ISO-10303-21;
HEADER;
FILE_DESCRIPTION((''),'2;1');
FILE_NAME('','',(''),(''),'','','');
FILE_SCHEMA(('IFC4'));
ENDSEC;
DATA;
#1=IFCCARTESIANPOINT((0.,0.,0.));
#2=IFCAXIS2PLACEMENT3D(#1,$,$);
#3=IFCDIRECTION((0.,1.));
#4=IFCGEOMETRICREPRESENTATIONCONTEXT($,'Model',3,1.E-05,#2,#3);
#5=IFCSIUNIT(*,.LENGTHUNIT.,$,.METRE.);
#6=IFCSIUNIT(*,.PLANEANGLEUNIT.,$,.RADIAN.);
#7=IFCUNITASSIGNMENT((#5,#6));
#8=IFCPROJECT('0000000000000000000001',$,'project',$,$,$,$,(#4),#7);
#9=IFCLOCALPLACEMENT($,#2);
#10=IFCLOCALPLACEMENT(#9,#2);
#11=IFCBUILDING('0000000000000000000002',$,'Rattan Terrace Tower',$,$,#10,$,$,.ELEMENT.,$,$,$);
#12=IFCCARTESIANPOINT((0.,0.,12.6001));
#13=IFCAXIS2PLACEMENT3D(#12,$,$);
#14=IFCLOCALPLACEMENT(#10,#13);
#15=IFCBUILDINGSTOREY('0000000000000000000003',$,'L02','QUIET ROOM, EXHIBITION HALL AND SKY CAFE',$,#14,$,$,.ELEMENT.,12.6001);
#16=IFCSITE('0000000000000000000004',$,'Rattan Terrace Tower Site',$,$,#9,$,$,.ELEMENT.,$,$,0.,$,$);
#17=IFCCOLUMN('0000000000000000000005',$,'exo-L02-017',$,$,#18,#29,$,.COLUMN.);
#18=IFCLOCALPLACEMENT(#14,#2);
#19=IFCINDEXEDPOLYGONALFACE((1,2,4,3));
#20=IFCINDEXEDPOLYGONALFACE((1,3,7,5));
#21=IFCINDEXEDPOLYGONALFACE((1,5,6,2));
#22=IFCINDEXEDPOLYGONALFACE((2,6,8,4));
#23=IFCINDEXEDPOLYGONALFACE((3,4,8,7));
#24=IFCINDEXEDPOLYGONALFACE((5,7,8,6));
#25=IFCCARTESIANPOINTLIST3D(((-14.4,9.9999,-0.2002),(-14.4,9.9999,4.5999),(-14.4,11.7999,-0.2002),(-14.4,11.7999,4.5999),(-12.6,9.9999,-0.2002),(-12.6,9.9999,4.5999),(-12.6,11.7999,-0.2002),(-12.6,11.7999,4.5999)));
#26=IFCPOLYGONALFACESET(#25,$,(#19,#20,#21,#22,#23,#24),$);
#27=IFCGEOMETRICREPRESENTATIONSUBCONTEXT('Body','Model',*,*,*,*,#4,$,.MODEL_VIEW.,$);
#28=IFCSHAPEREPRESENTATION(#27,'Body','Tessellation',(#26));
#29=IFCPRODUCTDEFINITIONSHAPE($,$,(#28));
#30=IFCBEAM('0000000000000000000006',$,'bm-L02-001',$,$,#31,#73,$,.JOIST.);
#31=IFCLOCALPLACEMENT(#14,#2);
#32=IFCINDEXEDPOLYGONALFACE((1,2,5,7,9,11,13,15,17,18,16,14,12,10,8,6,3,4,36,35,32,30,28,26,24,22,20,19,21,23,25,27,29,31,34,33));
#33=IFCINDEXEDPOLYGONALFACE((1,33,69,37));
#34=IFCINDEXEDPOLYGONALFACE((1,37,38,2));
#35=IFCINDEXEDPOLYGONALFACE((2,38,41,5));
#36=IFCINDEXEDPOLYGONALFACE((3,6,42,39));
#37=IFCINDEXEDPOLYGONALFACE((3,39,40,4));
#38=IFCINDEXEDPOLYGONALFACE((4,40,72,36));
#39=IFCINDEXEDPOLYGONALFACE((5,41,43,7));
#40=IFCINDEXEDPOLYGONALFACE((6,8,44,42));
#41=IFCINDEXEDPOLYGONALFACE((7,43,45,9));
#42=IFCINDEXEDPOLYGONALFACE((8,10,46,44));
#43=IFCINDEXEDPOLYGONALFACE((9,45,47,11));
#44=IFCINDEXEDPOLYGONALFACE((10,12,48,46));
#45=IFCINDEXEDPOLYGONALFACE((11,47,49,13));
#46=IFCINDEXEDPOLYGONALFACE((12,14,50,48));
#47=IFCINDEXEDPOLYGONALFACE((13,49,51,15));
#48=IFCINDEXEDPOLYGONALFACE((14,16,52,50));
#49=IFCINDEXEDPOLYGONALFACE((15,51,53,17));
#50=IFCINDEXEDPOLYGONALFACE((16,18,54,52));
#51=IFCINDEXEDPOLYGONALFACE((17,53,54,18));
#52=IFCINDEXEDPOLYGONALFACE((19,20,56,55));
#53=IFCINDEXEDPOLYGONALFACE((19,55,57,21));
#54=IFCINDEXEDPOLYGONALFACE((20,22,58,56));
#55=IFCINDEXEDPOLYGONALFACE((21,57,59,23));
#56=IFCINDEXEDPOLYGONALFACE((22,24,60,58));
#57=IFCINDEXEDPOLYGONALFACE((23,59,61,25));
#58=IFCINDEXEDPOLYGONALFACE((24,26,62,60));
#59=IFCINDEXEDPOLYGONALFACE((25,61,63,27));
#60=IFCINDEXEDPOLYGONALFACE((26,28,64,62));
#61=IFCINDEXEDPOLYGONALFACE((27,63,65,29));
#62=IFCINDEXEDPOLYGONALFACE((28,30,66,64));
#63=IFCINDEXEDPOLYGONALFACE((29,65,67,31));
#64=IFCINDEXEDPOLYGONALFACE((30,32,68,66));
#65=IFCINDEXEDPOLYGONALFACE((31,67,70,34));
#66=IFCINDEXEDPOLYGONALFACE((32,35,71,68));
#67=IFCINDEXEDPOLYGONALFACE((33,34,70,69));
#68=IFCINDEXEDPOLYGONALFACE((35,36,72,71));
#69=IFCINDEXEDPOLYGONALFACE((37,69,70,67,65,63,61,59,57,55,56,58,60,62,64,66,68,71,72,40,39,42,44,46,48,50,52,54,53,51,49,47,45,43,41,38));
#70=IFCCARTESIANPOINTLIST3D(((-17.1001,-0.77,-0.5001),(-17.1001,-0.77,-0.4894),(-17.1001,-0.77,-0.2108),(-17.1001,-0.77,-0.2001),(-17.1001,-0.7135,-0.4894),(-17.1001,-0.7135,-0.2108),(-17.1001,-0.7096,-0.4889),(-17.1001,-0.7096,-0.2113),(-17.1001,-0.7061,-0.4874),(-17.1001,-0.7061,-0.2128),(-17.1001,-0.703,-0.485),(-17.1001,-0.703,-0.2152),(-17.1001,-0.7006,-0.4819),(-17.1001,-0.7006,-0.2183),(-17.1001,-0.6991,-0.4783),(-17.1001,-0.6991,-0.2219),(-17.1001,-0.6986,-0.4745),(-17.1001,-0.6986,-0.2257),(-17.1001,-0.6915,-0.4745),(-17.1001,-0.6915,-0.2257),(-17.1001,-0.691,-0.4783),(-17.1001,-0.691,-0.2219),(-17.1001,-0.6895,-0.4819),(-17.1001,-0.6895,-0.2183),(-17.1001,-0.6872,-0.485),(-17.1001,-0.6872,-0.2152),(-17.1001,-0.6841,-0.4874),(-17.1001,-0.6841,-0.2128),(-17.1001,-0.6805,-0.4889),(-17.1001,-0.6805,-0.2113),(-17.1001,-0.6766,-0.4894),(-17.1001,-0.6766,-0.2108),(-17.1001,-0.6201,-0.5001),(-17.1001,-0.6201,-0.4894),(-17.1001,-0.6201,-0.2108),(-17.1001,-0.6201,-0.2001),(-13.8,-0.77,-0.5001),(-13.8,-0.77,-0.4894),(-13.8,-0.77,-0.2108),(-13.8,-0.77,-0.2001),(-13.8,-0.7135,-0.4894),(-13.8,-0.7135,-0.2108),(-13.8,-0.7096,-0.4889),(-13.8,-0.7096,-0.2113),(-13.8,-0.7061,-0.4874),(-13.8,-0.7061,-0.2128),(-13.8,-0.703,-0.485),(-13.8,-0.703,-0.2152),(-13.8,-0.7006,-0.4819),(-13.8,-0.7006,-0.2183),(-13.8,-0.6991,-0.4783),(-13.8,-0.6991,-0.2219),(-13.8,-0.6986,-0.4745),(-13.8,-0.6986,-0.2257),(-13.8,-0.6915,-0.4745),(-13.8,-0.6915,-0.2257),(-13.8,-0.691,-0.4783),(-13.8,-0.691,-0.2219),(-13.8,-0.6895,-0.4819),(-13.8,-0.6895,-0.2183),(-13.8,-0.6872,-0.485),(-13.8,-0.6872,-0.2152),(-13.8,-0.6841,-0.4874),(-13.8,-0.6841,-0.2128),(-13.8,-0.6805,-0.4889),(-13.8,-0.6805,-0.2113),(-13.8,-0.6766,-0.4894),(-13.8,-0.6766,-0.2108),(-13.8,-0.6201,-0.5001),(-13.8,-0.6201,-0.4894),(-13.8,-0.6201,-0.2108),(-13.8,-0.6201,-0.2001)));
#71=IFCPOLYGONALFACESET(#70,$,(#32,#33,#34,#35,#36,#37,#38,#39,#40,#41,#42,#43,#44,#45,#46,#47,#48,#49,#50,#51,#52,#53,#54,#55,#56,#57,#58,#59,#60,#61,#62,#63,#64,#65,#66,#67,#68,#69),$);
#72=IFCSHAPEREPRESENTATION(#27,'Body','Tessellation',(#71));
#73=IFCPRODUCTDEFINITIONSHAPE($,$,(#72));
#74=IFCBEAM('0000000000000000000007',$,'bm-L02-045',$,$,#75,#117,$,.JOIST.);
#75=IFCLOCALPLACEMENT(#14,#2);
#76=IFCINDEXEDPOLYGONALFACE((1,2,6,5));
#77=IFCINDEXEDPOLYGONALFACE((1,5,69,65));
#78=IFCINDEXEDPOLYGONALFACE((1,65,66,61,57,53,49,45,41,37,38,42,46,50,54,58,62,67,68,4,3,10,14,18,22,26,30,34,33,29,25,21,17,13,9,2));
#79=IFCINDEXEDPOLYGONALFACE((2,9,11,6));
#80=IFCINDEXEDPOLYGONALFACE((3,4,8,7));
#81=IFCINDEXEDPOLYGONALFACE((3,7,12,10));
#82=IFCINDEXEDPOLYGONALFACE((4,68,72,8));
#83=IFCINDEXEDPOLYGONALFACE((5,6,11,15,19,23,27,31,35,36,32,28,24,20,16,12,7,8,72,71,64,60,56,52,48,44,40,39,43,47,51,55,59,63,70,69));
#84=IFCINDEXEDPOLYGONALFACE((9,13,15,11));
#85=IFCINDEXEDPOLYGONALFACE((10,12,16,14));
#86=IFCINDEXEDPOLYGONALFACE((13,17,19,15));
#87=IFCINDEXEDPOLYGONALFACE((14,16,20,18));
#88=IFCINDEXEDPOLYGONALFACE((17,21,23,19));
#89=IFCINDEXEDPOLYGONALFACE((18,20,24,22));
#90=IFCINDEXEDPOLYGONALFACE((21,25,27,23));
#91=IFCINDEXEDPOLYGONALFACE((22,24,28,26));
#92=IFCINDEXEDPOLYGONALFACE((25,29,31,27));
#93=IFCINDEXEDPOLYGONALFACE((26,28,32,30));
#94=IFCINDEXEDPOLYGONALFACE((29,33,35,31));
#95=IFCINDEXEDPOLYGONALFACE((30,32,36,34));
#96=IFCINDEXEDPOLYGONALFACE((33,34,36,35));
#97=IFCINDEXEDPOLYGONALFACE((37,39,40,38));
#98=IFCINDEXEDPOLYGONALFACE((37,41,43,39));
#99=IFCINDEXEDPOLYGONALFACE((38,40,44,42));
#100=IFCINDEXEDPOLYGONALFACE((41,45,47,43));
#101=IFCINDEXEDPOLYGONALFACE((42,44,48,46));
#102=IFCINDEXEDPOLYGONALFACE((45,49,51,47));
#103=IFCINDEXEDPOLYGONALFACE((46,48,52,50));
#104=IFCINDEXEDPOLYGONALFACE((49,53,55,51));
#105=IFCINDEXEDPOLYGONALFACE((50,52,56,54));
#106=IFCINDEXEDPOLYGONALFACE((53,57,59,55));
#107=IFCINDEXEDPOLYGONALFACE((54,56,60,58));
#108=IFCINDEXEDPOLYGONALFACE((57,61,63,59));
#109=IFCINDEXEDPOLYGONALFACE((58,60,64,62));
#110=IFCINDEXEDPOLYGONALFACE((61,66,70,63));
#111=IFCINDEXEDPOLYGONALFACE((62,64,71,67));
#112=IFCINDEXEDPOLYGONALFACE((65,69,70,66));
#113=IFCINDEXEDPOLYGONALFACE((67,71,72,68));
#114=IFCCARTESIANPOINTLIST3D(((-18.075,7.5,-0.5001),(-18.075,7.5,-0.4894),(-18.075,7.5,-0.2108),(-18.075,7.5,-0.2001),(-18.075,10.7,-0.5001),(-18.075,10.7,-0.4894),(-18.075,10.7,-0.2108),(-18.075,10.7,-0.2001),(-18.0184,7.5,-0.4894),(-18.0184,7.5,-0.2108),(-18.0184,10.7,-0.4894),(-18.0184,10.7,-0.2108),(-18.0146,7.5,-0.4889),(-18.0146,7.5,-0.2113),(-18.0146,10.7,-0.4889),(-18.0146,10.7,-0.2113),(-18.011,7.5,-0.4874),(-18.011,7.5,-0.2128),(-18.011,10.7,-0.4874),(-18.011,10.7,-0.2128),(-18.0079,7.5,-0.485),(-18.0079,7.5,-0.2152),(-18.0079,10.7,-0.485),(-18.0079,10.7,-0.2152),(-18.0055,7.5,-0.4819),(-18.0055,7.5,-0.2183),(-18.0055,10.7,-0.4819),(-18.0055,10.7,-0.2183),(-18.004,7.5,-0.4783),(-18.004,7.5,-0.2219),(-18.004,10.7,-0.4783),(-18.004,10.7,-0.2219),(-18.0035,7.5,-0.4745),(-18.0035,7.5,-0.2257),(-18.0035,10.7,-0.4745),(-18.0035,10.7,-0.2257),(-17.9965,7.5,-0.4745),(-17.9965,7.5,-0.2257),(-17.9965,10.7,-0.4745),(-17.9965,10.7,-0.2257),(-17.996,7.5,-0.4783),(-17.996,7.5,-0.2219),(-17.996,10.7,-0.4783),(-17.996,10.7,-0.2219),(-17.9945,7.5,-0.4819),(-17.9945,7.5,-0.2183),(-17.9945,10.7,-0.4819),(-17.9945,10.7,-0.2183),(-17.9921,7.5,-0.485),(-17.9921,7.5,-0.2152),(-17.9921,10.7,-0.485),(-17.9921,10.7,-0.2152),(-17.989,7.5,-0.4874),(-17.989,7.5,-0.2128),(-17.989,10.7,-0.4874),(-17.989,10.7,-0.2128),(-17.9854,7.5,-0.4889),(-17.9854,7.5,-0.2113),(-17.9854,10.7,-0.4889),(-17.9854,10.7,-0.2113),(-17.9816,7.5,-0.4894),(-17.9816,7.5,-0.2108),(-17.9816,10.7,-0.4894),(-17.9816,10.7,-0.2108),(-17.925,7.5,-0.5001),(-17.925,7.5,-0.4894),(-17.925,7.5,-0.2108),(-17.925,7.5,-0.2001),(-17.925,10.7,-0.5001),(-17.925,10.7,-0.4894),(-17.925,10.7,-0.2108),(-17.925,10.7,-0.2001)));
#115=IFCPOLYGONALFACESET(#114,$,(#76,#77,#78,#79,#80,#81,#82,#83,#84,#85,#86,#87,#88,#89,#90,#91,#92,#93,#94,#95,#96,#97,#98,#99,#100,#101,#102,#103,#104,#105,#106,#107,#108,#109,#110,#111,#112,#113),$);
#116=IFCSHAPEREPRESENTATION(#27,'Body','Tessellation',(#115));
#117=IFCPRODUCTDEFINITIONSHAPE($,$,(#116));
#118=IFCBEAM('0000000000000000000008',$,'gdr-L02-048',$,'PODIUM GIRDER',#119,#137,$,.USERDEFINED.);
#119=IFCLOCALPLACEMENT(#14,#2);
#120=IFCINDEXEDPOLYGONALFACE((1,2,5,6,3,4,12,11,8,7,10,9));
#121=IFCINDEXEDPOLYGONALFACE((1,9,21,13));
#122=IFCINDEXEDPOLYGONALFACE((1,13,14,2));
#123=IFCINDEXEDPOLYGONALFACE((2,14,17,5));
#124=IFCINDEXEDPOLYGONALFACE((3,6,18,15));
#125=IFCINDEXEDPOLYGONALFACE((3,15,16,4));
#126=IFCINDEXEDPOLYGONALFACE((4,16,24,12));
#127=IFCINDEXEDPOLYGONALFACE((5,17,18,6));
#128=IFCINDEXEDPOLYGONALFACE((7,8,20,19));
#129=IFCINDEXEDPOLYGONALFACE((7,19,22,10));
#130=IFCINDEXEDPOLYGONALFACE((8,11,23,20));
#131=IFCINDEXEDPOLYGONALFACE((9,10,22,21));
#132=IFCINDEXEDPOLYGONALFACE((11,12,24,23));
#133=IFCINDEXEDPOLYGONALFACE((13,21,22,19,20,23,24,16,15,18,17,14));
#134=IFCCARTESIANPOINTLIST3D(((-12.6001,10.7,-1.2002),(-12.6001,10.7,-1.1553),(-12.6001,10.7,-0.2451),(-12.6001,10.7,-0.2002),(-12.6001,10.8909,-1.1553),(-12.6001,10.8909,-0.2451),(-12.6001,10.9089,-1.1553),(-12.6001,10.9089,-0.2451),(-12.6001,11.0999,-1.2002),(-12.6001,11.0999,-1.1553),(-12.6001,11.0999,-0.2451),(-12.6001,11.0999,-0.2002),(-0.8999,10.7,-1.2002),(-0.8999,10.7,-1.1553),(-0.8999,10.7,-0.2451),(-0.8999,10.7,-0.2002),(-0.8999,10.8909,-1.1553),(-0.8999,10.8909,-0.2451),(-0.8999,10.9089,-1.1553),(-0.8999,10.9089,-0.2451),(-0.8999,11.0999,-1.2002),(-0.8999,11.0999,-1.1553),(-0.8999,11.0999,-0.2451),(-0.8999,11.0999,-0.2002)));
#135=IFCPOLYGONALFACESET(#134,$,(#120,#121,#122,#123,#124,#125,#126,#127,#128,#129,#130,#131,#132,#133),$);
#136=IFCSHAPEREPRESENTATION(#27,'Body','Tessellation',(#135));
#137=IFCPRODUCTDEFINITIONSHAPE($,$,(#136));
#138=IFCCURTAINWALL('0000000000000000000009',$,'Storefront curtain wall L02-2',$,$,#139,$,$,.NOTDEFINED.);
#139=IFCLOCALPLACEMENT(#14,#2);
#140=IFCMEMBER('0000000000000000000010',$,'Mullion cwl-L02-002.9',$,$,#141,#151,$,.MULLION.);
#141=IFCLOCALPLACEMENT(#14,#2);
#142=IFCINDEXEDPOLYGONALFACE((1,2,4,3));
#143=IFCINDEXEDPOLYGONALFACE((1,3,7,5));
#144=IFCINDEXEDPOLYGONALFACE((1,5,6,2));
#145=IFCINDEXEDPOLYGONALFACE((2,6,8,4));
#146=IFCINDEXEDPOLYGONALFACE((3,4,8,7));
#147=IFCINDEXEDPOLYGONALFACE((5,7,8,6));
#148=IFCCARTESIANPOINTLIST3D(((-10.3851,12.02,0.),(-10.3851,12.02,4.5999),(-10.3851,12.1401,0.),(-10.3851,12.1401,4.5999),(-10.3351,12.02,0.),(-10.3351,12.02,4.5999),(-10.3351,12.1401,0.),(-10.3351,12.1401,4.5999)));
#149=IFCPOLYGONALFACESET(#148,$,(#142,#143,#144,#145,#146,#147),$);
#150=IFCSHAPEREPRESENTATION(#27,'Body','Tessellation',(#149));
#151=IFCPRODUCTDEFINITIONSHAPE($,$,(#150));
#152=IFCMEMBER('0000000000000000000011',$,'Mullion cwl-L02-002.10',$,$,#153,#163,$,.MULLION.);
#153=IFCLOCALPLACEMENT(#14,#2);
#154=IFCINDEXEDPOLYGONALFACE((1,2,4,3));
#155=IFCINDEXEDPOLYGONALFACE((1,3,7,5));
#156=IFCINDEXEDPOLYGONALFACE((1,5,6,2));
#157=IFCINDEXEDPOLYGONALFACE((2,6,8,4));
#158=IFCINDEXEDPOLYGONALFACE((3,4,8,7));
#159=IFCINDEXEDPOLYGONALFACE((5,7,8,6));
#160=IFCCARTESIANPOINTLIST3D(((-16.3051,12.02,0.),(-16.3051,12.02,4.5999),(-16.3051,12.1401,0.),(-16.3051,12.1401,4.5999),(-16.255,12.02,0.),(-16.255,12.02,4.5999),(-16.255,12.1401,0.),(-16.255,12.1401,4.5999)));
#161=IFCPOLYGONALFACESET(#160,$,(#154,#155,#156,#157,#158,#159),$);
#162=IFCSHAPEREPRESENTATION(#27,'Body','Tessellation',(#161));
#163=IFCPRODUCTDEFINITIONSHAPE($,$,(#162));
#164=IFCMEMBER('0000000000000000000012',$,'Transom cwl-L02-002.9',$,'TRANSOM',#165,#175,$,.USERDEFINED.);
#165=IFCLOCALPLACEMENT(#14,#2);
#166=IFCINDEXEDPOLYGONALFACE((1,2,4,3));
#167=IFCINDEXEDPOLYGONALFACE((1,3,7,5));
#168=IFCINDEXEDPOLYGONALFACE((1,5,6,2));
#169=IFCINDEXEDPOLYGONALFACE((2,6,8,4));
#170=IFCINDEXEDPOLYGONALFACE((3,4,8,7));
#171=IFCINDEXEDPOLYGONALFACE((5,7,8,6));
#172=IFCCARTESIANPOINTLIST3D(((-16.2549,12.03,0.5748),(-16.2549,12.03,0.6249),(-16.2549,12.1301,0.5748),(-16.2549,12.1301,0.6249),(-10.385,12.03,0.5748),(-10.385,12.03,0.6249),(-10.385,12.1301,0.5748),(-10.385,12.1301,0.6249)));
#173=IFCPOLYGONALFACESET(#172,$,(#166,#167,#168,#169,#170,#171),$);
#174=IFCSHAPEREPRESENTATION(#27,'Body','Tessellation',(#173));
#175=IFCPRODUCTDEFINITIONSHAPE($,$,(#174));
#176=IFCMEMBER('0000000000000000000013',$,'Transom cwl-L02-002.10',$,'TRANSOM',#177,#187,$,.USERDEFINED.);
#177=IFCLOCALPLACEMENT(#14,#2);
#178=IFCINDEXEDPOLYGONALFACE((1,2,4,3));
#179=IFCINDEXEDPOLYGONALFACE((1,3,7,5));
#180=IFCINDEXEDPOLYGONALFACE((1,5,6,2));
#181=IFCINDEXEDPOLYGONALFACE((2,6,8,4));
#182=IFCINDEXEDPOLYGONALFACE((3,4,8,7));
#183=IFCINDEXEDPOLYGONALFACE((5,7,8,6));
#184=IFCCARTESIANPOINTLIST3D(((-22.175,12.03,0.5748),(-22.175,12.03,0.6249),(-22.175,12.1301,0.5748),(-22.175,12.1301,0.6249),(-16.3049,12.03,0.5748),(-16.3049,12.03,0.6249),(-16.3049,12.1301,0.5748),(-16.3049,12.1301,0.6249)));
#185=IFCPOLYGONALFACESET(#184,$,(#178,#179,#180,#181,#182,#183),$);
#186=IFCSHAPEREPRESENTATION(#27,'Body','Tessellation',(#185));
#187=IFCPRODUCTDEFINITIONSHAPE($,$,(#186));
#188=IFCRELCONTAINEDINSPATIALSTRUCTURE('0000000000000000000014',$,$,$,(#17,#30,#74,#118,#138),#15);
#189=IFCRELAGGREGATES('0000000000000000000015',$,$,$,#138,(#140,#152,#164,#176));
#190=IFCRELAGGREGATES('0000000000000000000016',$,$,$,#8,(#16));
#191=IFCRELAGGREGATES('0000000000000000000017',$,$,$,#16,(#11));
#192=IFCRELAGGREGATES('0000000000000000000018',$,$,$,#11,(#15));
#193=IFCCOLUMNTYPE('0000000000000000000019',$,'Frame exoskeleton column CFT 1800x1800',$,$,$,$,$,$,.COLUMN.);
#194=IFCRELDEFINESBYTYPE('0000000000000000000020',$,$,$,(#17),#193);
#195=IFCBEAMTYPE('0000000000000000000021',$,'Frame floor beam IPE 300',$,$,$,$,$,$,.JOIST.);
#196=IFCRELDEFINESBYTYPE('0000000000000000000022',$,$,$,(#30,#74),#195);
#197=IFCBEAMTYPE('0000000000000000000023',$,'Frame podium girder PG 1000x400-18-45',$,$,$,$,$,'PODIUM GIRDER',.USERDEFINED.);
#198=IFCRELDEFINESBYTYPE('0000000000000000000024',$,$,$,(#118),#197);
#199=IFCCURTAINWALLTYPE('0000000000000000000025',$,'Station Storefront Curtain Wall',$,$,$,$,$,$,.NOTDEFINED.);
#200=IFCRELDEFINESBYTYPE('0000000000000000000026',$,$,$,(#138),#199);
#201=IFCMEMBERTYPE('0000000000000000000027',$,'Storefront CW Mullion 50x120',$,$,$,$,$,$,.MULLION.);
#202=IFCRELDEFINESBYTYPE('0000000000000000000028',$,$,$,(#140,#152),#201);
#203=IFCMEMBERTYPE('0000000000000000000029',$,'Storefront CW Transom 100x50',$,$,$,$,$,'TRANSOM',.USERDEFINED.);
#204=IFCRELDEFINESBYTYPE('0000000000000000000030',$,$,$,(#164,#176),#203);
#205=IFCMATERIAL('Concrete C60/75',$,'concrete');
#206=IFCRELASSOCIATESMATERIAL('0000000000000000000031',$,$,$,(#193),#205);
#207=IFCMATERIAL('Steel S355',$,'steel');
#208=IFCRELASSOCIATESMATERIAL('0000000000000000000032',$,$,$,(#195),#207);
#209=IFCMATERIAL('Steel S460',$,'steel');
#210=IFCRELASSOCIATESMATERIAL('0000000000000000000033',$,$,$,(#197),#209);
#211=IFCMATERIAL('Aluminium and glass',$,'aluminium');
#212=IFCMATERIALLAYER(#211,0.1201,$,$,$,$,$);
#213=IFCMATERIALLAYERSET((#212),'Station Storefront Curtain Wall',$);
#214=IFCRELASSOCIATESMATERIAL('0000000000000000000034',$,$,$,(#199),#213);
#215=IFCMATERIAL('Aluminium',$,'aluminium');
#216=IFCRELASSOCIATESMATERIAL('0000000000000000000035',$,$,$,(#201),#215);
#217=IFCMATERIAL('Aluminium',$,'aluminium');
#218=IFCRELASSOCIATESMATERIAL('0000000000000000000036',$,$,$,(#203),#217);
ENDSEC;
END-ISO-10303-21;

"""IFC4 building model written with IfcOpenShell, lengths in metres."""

from ifc_helpers import new_model, si_unit, direction, frame, origin, origin_2d, place, context, subcontext, project, spatial, rectangle, i_section, extrude, material, layer, layer_set, material_profile, profile_set, type_object, element, aggregate, save


model = new_model("IFC4")

# Units and contexts
model_context = context("Model", 3, precision=1e-05, world=origin(), true_north=direction((0.0, 1.0)))
body_context = subcontext(model_context, "Body", "Model", "MODEL_VIEW")
ifc_project = project(units=[si_unit("LENGTHUNIT", "METRE"), si_unit("PLANEANGLEUNIT", "RADIAN")], contexts=[model_context])

# Site, building, storey
site_placement = place(None, origin())
site = spatial("IfcSite", under=ifc_project, at=site_placement, Name="Rattan Terrace Tower Site", CompositionType="ELEMENT", RefElevation=0.0)
building_placement = place(site_placement, origin())
building = spatial("IfcBuilding", under=site, at=building_placement, Name="Rattan Terrace Tower", CompositionType="ELEMENT")
storey_placement = place(building_placement, frame((0.0, 0.0, 12.6001)))
storey = spatial("IfcBuildingStorey", under=building, at=storey_placement, Name="L02", Description="QUIET ROOM, EXHIBITION HALL AND SKY CAFE", CompositionType="ELEMENT", Elevation=12.6001)

# Column
ifc_material_1 = material(Name="Concrete C60/75", Category="concrete")
ifc_material_profile_1 = material_profile(ifc_material_1, rectangle(XDim=1.8, YDim=1.8, at=origin_2d()), Name="CFT 1800x1800")
ifc_profile_set_1 = profile_set([ifc_material_profile_1], Name="Concrete C60/75")
column_type = type_object("IfcColumnType", Name="Frame exoskeleton column CFT 1800x1800", PredefinedType="COLUMN", material=ifc_profile_set_1)
column_placement = place(storey_placement, frame((-13.5, 10.8999, -0.2002), z_axis=(0.0, 0.0, 1.0), x_axis=(1.0, 0.0, 0.0)))
element("IfcColumn", 1, at=column_placement, inside=storey, type_object=column_type, Name="exo-L02-017", PredefinedType="COLUMN", context=body_context, shape_type="SweptSolid", body=[
    extrude(rectangle(XDim=1.8, YDim=1.8, at=origin_2d()), origin(), (0.0, 0.0, 1.0), 4.8),
])

# Beams
ifc_material_2 = material(Name="Steel S355", Category="steel")
ifc_material_profile_2 = material_profile(ifc_material_2, i_section(OverallWidth=0.1499, OverallDepth=0.3, WebThickness=0.0071, FlangeThickness=0.0107, FilletRadius=0.0149, at=origin_2d()), Name="IPE 300")
ifc_profile_set_2 = profile_set([ifc_material_profile_2], Name="Steel S355")
beam_type_1 = type_object("IfcBeamType", Name="Frame floor beam IPE 300", PredefinedType="JOIST", material=ifc_profile_set_2)
beam_1_placement = place(storey_placement, frame((-17.1001, -0.6951, -0.3501), z_axis=(1.0, 0.0, 0.0), x_axis=(0.0, 1.0, 0.0)))
element("IfcBeam", 2, at=beam_1_placement, inside=storey, type_object=beam_type_1, Name="bm-L02-001", PredefinedType="JOIST", context=body_context, shape_type="SweptSolid", body=[
    extrude(i_section(OverallWidth=0.1499, OverallDepth=0.3, WebThickness=0.0071, FlangeThickness=0.0107, FilletRadius=0.0149, at=origin_2d()), origin(), (0.0, 0.0, 1.0), 3.3),
])
beam_2_placement = place(storey_placement, frame((-18.0, 7.5, -0.3501), z_axis=(0.0, 1.0, 0.0), x_axis=(-1.0, 0.0, 0.0)))
element("IfcBeam", 3, at=beam_2_placement, inside=storey, type_object=beam_type_1, Name="bm-L02-045", PredefinedType="JOIST", context=body_context, shape_type="SweptSolid", body=[
    extrude(i_section(OverallWidth=0.1499, OverallDepth=0.3, WebThickness=0.0071, FlangeThickness=0.0107, FilletRadius=0.0149, at=origin_2d()), origin(), (0.0, 0.0, 1.0), 3.2),
])
ifc_material_3 = material(Name="Steel S460", Category="steel")
ifc_material_profile_3 = material_profile(ifc_material_3, i_section(OverallWidth=0.3999, OverallDepth=1.0, WebThickness=0.0181, FlangeThickness=0.0449, at=origin_2d()), Name="PG 1000x400-18-45")
ifc_profile_set_3 = profile_set([ifc_material_profile_3], Name="Steel S460")
beam_type_2 = type_object("IfcBeamType", Name="Frame podium girder PG 1000x400-18-45", ElementType="PODIUM GIRDER", PredefinedType="USERDEFINED", material=ifc_profile_set_3)
beam_3_placement = place(storey_placement, frame((-12.6001, 10.8999, -0.7002), z_axis=(1.0, 0.0, 0.0), x_axis=(0.0, 1.0, 0.0)))
element("IfcBeam", 4, at=beam_3_placement, inside=storey, type_object=beam_type_2, Name="gdr-L02-048", ObjectType="PODIUM GIRDER", PredefinedType="USERDEFINED", context=body_context, shape_type="SweptSolid", body=[
    extrude(i_section(OverallWidth=0.3999, OverallDepth=1.0, WebThickness=0.0181, FlangeThickness=0.0449, at=origin_2d()), origin(), (0.0, 0.0, 1.0), 11.7002),
])

# Curtain wall, members
ifc_material_4 = material(Name="Aluminium and glass", Category="aluminium")
ifc_layer_1 = layer(ifc_material_4, 0.1201)
ifc_layer_set_1 = layer_set([ifc_layer_1], Name="Station Storefront Curtain Wall")
curtain_wall_type = type_object("IfcCurtainWallType", Name="Station Storefront Curtain Wall", PredefinedType="NOTDEFINED", material=ifc_layer_set_1)
curtain_wall_placement = place(storey_placement, origin())
curtain_wall = element("IfcCurtainWall", 5, at=curtain_wall_placement, inside=storey, type_object=curtain_wall_type, Name="Storefront curtain wall L02-2", PredefinedType="NOTDEFINED")
ifc_material_5 = material(Name="Aluminium", Category="aluminium")
ifc_material_profile_4 = material_profile(ifc_material_5, rectangle(XDim=0.05, YDim=0.1201, at=origin_2d()), Name="Aluminium 50x120")
ifc_profile_set_4 = profile_set([ifc_material_profile_4], Name="Aluminium")
member_type_1 = type_object("IfcMemberType", Name="Storefront CW Mullion 50x120", PredefinedType="MULLION", material=ifc_profile_set_4)
member_1_placement = place(storey_placement, frame((-10.3601, 12.0801, 0.0), z_axis=(0.0, 0.0, 1.0), x_axis=(-1.0, 0.0, 0.0)))
member_1 = element("IfcMember", 6, at=member_1_placement, type_object=member_type_1, Name="Mullion cwl-L02-002.9", PredefinedType="MULLION", context=body_context, shape_type="SweptSolid", body=[
    extrude(rectangle(XDim=0.05, YDim=0.1201, at=origin_2d()), origin(), (0.0, 0.0, 1.0), 4.5999),
])
member_2_placement = place(storey_placement, frame((-16.28, 12.0801, 0.0), z_axis=(0.0, 0.0, 1.0), x_axis=(-1.0, 0.0, 0.0)))
member_2 = element("IfcMember", 7, at=member_2_placement, type_object=member_type_1, Name="Mullion cwl-L02-002.10", PredefinedType="MULLION", context=body_context, shape_type="SweptSolid", body=[
    extrude(rectangle(XDim=0.05, YDim=0.1201, at=origin_2d()), origin(), (0.0, 0.0, 1.0), 4.5999),
])
ifc_material_6 = material(Name="Aluminium", Category="aluminium")
ifc_material_profile_5 = material_profile(ifc_material_6, rectangle(XDim=0.1001, YDim=0.05, at=origin_2d()), Name="Aluminium 100x50")
ifc_profile_set_5 = profile_set([ifc_material_profile_5], Name="Aluminium")
member_type_2 = type_object("IfcMemberType", Name="Storefront CW Transom 100x50", ElementType="TRANSOM", PredefinedType="USERDEFINED", material=ifc_profile_set_5)
member_3_placement = place(storey_placement, frame((-10.385, 12.0801, 0.5999), z_axis=(-1.0, 0.0, 0.0), x_axis=(0.0, -1.0, 0.0)))
member_3 = element("IfcMember", 8, at=member_3_placement, type_object=member_type_2, Name="Transom cwl-L02-002.9", ObjectType="TRANSOM", PredefinedType="USERDEFINED", context=body_context, shape_type="SweptSolid", body=[
    extrude(rectangle(XDim=0.1001, YDim=0.05, at=origin_2d()), origin(), (0.0, 0.0, 1.0), 5.8699),
])
member_4_placement = place(storey_placement, frame((-16.3049, 12.0801, 0.5999), z_axis=(-1.0, 0.0, 0.0), x_axis=(0.0, -1.0, 0.0)))
member_4 = element("IfcMember", 9, at=member_4_placement, type_object=member_type_2, Name="Transom cwl-L02-002.10", ObjectType="TRANSOM", PredefinedType="USERDEFINED", context=body_context, shape_type="SweptSolid", body=[
    extrude(rectangle(XDim=0.1001, YDim=0.05, at=origin_2d()), origin(), (0.0, 0.0, 1.0), 5.8701),
])
aggregate(curtain_wall, [member_1, member_2, member_3, member_4])

save(model, "model.ifc")
